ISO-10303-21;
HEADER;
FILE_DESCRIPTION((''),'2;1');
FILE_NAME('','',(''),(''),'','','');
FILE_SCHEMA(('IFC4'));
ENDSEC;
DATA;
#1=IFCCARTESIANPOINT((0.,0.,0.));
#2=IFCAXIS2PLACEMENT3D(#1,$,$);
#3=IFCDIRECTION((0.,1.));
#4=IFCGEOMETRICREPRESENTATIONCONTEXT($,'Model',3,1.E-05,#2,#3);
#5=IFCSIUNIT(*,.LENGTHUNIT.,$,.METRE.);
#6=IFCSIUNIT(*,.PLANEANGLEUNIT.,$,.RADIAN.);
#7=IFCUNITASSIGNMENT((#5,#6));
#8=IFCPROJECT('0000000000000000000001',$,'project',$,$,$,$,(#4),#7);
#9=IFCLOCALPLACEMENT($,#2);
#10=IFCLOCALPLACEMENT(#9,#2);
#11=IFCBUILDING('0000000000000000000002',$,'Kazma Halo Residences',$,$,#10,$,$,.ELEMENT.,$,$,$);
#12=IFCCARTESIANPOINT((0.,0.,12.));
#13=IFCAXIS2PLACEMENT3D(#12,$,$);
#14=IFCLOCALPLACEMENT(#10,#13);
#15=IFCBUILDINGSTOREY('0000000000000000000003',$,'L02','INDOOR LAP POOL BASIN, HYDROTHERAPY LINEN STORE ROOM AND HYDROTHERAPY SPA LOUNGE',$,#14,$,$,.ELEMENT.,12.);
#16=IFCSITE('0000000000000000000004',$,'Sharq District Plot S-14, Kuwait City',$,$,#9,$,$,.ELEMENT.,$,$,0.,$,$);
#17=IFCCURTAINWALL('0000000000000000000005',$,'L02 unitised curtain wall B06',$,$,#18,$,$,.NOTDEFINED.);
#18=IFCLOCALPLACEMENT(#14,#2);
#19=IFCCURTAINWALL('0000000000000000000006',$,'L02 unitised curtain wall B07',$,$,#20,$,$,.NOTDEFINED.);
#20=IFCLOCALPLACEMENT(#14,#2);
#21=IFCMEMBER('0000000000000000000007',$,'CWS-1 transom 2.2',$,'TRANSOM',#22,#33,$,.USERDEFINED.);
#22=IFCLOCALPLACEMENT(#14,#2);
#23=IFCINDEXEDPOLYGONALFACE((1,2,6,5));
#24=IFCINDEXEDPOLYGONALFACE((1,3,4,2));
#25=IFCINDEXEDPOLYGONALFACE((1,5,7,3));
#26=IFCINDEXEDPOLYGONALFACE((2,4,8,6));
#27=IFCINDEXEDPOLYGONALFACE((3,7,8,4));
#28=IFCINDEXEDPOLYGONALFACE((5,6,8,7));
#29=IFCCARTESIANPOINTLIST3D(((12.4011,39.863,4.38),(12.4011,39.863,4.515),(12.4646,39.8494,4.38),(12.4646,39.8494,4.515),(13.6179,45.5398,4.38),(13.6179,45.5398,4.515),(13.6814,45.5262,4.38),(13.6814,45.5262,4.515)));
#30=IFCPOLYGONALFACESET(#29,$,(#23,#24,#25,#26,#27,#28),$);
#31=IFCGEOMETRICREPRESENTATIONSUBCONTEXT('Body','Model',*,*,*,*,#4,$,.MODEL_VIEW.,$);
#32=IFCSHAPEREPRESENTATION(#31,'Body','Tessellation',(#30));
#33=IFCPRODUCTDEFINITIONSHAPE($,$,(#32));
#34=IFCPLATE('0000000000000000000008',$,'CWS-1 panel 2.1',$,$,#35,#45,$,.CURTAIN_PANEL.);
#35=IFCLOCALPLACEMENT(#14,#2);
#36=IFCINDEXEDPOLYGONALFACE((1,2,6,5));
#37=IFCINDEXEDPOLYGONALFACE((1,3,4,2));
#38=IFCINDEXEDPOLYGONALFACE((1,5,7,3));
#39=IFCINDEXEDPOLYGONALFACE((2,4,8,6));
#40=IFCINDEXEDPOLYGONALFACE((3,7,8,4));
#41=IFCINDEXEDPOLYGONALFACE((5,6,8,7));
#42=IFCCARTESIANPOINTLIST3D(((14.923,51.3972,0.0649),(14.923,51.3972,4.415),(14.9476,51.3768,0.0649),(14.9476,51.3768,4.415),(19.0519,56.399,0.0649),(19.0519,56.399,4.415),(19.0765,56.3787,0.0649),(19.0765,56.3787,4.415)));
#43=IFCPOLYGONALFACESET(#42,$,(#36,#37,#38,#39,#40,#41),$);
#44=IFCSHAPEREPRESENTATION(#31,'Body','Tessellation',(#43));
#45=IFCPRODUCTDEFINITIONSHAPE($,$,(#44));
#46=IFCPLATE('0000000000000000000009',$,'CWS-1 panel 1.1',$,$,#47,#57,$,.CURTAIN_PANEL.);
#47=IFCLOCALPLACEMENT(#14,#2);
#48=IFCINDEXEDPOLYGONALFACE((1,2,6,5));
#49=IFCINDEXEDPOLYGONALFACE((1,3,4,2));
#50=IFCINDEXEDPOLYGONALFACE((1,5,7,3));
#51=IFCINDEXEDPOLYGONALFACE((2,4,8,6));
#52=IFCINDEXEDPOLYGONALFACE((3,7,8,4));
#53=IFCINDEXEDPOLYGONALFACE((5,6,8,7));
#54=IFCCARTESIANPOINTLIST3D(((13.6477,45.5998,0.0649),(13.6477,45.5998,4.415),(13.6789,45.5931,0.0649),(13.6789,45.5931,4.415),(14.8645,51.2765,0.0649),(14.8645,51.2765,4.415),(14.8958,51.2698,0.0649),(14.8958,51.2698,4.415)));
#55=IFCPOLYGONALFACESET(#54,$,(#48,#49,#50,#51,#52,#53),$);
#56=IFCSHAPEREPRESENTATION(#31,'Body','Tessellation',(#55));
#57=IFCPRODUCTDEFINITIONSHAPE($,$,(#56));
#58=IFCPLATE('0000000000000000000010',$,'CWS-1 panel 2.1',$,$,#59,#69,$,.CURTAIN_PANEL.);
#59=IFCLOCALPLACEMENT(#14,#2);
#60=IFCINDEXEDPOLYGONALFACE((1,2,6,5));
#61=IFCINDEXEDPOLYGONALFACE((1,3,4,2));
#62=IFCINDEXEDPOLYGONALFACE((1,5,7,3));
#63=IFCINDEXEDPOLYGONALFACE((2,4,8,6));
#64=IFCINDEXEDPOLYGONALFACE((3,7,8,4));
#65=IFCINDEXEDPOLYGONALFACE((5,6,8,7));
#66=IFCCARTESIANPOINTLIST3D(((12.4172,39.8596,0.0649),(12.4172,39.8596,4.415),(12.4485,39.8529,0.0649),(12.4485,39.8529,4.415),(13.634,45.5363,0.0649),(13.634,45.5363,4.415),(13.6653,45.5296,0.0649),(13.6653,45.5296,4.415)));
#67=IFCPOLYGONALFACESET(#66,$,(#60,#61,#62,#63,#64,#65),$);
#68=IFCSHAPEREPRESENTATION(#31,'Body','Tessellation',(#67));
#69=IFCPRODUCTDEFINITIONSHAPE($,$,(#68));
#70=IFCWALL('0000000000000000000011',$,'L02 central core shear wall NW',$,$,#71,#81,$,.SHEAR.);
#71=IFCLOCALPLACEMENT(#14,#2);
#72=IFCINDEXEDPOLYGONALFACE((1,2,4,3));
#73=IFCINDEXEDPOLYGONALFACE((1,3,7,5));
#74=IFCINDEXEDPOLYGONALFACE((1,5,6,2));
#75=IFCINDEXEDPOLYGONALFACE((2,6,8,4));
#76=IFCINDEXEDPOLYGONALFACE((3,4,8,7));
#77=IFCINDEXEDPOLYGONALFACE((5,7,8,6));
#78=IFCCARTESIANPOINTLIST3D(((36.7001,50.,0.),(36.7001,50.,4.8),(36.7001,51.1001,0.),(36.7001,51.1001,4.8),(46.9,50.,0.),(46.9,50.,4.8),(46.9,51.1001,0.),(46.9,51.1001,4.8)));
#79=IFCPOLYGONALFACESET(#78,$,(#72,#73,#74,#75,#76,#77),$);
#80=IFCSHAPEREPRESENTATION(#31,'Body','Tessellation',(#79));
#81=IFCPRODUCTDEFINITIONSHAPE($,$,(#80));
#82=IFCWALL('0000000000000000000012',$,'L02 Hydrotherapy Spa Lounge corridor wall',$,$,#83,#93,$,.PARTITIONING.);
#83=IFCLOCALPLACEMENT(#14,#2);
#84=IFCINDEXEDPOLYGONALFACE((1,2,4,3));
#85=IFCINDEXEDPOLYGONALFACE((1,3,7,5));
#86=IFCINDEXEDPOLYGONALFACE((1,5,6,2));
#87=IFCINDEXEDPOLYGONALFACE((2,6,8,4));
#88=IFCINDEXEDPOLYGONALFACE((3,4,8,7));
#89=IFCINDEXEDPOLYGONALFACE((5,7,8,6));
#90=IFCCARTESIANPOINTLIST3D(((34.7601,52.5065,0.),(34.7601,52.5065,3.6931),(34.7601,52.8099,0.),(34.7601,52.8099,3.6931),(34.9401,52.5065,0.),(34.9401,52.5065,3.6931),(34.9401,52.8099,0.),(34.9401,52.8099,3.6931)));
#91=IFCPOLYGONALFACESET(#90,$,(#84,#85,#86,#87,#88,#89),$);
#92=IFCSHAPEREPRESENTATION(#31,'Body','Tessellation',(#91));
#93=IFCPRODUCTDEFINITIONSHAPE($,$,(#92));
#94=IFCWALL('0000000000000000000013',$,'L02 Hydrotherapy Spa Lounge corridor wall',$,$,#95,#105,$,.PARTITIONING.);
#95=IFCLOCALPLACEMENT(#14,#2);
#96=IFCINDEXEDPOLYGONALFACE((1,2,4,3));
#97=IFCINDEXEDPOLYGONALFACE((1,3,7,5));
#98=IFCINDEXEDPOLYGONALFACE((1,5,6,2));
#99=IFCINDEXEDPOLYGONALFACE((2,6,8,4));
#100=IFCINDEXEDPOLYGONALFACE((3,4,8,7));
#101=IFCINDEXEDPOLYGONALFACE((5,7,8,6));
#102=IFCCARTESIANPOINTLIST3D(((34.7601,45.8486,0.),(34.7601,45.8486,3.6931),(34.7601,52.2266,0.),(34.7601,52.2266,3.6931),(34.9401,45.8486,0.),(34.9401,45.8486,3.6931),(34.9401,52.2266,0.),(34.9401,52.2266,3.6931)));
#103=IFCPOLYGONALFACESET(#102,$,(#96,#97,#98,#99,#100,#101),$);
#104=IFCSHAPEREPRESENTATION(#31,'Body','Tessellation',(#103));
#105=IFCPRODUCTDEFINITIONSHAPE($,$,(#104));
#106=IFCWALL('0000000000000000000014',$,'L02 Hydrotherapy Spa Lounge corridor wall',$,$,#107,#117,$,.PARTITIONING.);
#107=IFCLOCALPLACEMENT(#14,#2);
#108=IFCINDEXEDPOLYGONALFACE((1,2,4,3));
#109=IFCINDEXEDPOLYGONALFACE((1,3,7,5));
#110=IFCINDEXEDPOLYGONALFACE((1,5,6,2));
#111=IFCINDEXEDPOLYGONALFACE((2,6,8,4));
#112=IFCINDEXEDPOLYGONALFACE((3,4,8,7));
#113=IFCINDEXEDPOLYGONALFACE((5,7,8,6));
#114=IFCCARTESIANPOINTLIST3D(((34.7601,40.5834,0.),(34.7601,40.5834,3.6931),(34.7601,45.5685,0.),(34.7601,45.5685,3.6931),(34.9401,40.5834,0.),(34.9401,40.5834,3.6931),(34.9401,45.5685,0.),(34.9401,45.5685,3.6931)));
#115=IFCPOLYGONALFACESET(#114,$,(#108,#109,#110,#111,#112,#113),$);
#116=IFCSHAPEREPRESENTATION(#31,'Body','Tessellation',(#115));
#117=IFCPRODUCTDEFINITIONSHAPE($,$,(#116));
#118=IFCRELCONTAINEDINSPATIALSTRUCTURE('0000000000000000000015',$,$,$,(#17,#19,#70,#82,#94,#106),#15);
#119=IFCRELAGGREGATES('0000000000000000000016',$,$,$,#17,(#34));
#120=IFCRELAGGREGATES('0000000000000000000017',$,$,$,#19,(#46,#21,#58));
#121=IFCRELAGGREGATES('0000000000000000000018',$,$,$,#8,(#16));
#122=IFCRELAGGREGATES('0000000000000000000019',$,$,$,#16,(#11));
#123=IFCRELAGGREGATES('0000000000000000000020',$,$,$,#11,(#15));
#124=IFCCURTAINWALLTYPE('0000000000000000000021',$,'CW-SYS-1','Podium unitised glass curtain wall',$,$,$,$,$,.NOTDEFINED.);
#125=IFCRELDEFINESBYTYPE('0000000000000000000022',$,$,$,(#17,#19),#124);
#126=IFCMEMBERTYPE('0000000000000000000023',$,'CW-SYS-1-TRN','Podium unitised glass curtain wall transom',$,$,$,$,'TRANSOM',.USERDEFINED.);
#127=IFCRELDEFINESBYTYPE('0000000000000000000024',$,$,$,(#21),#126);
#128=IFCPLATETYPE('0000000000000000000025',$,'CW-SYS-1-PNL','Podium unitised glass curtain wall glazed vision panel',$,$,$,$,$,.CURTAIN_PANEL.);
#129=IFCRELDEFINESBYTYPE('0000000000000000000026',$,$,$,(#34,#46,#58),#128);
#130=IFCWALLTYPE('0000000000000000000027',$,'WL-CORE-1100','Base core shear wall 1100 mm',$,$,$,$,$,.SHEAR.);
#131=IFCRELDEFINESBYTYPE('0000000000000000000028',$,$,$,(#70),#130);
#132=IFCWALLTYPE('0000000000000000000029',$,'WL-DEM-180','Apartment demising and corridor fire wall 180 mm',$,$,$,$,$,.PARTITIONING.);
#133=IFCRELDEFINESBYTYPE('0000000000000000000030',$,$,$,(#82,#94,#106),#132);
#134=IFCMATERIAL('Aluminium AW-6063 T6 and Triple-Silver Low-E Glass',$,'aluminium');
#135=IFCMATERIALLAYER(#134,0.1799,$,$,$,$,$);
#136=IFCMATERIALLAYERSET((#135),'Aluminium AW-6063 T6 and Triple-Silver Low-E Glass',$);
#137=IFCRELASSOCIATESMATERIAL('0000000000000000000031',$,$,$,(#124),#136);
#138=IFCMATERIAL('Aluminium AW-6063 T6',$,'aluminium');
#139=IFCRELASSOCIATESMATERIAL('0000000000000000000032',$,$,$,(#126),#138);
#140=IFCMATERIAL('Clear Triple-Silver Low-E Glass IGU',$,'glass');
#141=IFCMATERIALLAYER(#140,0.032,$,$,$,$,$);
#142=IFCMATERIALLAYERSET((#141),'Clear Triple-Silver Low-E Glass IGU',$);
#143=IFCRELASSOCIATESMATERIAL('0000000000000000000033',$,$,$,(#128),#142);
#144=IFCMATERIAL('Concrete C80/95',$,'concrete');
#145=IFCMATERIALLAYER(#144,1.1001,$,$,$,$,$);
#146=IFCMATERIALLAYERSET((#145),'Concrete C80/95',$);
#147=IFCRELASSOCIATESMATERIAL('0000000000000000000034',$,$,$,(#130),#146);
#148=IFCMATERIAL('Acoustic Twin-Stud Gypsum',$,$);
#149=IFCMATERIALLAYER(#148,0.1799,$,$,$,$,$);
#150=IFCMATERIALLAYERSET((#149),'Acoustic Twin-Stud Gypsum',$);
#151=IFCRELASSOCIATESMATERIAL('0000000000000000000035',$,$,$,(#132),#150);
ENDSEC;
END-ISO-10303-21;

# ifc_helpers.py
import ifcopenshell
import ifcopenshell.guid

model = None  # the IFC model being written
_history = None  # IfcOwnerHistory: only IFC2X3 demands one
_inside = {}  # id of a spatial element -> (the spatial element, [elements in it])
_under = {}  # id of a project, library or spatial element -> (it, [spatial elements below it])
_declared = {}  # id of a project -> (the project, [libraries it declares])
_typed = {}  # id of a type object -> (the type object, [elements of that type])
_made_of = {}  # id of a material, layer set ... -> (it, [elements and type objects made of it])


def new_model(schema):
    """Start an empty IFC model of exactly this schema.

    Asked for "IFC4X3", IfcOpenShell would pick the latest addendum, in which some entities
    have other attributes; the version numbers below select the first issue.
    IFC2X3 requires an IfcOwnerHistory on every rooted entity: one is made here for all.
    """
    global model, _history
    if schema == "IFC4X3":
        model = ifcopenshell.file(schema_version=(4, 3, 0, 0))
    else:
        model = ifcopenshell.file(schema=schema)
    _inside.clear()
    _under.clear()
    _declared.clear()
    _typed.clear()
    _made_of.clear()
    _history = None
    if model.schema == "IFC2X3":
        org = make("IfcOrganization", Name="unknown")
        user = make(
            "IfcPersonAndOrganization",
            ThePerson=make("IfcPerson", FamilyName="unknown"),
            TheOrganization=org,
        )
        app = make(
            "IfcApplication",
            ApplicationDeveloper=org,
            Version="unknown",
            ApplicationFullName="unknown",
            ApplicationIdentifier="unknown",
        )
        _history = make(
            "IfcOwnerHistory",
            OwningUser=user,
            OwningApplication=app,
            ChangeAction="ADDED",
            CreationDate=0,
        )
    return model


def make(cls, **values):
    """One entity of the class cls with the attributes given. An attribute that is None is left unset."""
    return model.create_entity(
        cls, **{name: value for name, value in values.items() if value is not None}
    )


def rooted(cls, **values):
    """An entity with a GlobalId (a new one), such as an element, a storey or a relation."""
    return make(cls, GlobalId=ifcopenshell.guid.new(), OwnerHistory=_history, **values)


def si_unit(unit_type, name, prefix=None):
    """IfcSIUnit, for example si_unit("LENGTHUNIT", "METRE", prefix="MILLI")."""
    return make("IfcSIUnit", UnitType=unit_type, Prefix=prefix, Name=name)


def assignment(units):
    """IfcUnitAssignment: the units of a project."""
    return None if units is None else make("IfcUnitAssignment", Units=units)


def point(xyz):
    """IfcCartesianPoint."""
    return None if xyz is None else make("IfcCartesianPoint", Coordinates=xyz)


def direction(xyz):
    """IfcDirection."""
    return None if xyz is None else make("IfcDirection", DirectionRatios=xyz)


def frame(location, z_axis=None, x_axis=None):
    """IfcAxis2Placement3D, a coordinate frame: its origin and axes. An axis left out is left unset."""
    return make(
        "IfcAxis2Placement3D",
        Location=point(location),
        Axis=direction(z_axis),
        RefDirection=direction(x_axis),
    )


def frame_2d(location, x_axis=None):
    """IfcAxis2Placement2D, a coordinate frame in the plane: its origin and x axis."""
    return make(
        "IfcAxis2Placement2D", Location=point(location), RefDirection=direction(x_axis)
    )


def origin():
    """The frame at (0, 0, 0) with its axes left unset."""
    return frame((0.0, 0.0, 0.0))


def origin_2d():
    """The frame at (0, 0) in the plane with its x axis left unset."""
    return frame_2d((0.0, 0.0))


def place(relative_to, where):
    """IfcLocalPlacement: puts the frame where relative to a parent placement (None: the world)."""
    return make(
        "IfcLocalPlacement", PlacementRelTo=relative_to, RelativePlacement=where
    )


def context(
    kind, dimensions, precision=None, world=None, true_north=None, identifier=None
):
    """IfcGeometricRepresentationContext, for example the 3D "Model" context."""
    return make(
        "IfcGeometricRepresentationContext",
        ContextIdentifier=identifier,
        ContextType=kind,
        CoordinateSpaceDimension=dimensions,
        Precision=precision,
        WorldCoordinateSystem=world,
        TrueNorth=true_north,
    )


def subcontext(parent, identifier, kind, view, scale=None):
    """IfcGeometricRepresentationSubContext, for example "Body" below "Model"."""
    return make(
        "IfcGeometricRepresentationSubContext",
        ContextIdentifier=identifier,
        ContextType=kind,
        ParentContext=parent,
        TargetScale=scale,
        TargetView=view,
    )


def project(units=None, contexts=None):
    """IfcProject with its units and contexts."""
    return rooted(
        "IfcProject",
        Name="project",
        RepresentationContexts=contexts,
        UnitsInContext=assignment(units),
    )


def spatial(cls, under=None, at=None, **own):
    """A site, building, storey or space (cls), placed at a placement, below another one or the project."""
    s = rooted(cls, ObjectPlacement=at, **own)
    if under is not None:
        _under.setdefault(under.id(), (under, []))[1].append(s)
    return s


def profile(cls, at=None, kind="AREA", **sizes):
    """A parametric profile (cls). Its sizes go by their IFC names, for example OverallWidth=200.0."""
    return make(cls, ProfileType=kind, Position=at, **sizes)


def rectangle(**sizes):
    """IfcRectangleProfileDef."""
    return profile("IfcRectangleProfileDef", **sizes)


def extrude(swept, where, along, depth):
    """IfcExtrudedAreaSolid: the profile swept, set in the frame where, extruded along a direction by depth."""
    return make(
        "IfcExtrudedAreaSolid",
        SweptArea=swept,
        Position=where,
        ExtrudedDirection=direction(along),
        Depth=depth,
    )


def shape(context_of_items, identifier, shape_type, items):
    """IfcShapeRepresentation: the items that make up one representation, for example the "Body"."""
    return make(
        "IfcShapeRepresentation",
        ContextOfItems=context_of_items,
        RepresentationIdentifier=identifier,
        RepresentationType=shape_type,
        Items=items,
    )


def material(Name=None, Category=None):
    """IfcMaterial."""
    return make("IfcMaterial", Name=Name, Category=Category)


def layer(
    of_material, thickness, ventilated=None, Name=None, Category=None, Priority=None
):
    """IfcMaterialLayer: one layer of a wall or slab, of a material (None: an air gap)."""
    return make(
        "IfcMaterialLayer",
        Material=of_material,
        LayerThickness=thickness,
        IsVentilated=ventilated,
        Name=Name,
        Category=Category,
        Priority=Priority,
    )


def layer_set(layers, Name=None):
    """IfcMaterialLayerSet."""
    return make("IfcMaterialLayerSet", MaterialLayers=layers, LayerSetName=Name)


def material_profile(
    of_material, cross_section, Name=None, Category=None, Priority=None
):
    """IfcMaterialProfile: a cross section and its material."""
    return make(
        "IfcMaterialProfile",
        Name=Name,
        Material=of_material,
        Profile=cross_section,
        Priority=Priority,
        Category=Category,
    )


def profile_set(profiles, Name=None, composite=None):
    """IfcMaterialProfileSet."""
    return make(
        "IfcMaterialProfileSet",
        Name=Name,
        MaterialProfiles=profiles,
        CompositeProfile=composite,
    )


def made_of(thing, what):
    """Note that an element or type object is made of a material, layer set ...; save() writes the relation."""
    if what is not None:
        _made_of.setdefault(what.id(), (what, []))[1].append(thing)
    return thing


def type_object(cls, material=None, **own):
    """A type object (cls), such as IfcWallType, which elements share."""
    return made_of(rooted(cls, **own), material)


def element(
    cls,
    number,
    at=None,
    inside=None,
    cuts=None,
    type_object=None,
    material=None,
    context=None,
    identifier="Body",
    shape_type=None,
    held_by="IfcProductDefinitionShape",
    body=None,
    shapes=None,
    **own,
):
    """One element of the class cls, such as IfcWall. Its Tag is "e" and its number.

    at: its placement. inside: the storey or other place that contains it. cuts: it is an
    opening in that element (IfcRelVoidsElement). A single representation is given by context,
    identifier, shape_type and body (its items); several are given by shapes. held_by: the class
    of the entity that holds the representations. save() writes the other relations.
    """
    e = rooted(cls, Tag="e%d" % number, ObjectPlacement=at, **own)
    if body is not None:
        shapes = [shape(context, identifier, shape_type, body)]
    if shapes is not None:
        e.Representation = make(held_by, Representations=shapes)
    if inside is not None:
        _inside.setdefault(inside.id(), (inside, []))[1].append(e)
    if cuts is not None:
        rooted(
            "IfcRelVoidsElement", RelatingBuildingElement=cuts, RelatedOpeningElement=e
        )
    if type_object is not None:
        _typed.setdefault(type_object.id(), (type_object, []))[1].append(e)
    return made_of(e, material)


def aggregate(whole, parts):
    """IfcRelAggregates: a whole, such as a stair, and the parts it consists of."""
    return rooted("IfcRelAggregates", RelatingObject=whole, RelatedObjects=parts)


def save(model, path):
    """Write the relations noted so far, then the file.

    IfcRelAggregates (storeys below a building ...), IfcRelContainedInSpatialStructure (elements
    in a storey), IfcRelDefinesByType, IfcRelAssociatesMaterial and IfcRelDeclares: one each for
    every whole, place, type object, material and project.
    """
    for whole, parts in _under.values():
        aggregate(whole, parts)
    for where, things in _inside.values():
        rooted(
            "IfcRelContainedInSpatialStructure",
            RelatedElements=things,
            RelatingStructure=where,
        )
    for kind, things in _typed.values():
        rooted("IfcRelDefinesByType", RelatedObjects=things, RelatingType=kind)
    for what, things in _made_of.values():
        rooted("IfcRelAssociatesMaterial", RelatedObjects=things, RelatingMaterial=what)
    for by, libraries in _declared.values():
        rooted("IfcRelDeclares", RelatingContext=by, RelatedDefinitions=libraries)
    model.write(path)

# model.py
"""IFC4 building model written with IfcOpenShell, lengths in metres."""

from ifc_helpers import new_model, si_unit, direction, frame, frame_2d, origin, origin_2d, place, context, subcontext, project, spatial, rectangle, extrude, material, layer, layer_set, material_profile, profile_set, type_object, element, aggregate, save


model = new_model("IFC4")

# Units and contexts
model_context = context("Model", 3, precision=1e-05, world=origin(), true_north=direction((0.0, 1.0)))
body_context = subcontext(model_context, "Body", "Model", "MODEL_VIEW")
ifc_project = project(units=[si_unit("LENGTHUNIT", "METRE"), si_unit("PLANEANGLEUNIT", "RADIAN")], contexts=[model_context])

# Site, building, storey
site_placement = place(None, origin())
site = spatial("IfcSite", under=ifc_project, at=site_placement, Name="Sharq District Plot S-14, Kuwait City", CompositionType="ELEMENT", RefElevation=0.0)
building_placement = place(site_placement, origin())
building = spatial("IfcBuilding", under=site, at=building_placement, Name="Kazma Halo Residences", CompositionType="ELEMENT")
storey_placement = place(building_placement, frame((0.0, 0.0, 12.0)))
storey = spatial("IfcBuildingStorey", under=building, at=storey_placement, Name="L02", Description="INDOOR LAP POOL BASIN, HYDROTHERAPY LINEN STORE ROOM AND HYDROTHERAPY SPA LOUNGE", CompositionType="ELEMENT", Elevation=12.0)

# Shared definitions
ifc_material_1 = material(Name="Concrete C80/95", Category="concrete")

# Curtain wall
ifc_material_2 = material(Name="Aluminium AW-6063 T6 and Triple-Silver Low-E Glass", Category="aluminium")
ifc_layer_1 = layer(ifc_material_2, 0.1799)
ifc_layer_set_1 = layer_set([ifc_layer_1], Name="Aluminium AW-6063 T6 and Triple-Silver Low-E Glass")
curtain_wall_type = type_object("IfcCurtainWallType", Name="CW-SYS-1", Description="Podium unitised glass curtain wall", PredefinedType="NOTDEFINED", material=ifc_layer_set_1)
curtain_wall_1_placement = place(storey_placement, origin())
curtain_wall_1 = element("IfcCurtainWall", 1, at=curtain_wall_1_placement, inside=storey, type_object=curtain_wall_type, Name="L02 unitised curtain wall B06", PredefinedType="NOTDEFINED")
ifc_material_3 = material(Name="Aluminium AW-6063 T6", Category="aluminium")

# Curtain wall
curtain_wall_2_placement = place(storey_placement, origin())
curtain_wall_2 = element("IfcCurtainWall", 2, at=curtain_wall_2_placement, inside=storey, type_object=curtain_wall_type, Name="L02 unitised curtain wall B07", PredefinedType="NOTDEFINED")

# Member
ifc_material_profile_1 = material_profile(ifc_material_3, rectangle(XDim=0.0649, YDim=0.135, at=origin_2d()), Name="CWT-65x135")
ifc_profile_set_1 = profile_set([ifc_material_profile_1], Name="Aluminium AW-6063 T6")
member_type_1 = type_object("IfcMemberType", Name="CW-SYS-1-TRN", Description="Podium unitised glass curtain wall transom", ElementType="TRANSOM", PredefinedType="USERDEFINED", material=ifc_profile_set_1)
member_1_placement = place(storey_placement, frame((13.6497, 45.533, 4.4475), z_axis=(-0.209587, -0.97779, 0.0), x_axis=(0.97779, -0.209587, 0.0)))
member_1 = element("IfcMember", 3, at=member_1_placement, type_object=member_type_1, Name="CWS-1 transom 2.2", ObjectType="TRANSOM", PredefinedType="USERDEFINED", context=body_context, shape_type="SweptSolid", body=[
    extrude(rectangle(XDim=0.0649, YDim=0.135, at=origin_2d()), origin(), (0.0, 0.0, 1.0), 5.8057),
])

# Plates
ifc_material_4 = material(Name="Clear Triple-Silver Low-E Glass IGU", Category="glass")
ifc_layer_2 = layer(ifc_material_4, 0.032)
ifc_layer_set_2 = layer_set([ifc_layer_2], Name="Clear Triple-Silver Low-E Glass IGU")
plate_type = type_object("IfcPlateType", Name="CW-SYS-1-PNL", Description="Podium unitised glass curtain wall glazed vision panel", PredefinedType="CURTAIN_PANEL", material=ifc_layer_set_2)
plate_1_placement = place(storey_placement, frame((16.9998, 53.8879, 0.0649), z_axis=(0.0, 0.0, 1.0), x_axis=(-0.636603, -0.771192, 0.0)))
plate_1 = element("IfcPlate", 4, at=plate_1_placement, type_object=plate_type, Name="CWS-1 panel 2.1", PredefinedType="CURTAIN_PANEL", context=body_context, shape_type="SweptSolid", body=[
    extrude(rectangle(XDim=6.4858, YDim=0.032, at=origin_2d()), origin(), (0.0, 0.0, 1.0), 4.3501),
])
aggregate(curtain_wall_1, [plate_1])
plate_2_placement = place(storey_placement, frame((14.2717, 48.4348, 0.0649), z_axis=(0.0, 0.0, 1.0), x_axis=(-0.209596, -0.977788, 0.0)))
plate_2 = element("IfcPlate", 5, at=plate_2_placement, type_object=plate_type, Name="CWS-1 panel 1.1", PredefinedType="CURTAIN_PANEL", context=body_context, shape_type="SweptSolid", body=[
    extrude(rectangle(XDim=5.8057, YDim=0.032, at=origin_2d()), origin(), (0.0, 0.0, 1.0), 4.3501),
])
plate_3_placement = place(storey_placement, frame((13.0413, 42.6946, 0.0649), z_axis=(0.0, 0.0, 1.0), x_axis=(-0.209596, -0.977788, 0.0)))
plate_3 = element("IfcPlate", 6, at=plate_3_placement, type_object=plate_type, Name="CWS-1 panel 2.1", PredefinedType="CURTAIN_PANEL", context=body_context, shape_type="SweptSolid", body=[
    extrude(rectangle(XDim=5.8057, YDim=0.032, at=origin_2d()), origin(), (0.0, 0.0, 1.0), 4.3501),
])
aggregate(curtain_wall_2, [plate_2, member_1, plate_3])

# Walls
ifc_layer_3 = layer(ifc_material_1, 1.1001)
ifc_layer_set_3 = layer_set([ifc_layer_3], Name="Concrete C80/95")
wall_type_1 = type_object("IfcWallType", Name="WL-CORE-1100", Description="Base core shear wall 1100 mm", PredefinedType="SHEAR", material=ifc_layer_set_3)
wall_1_placement = place(storey_placement, frame((36.7, 50.55, 0.0), z_axis=(0.0, 0.0, 1.0), x_axis=(1.0, 0.0, 0.0)))
element("IfcWall", 7, at=wall_1_placement, inside=storey, type_object=wall_type_1, Name="L02 central core shear wall NW", PredefinedType="SHEAR", context=body_context, shape_type="SweptSolid", body=[
    extrude(rectangle(XDim=10.2, YDim=1.1001, at=frame_2d((5.1001, 0.0))), origin(), (0.0, 0.0, 1.0), 4.8),
])
ifc_material_5 = material(Name="Acoustic Twin-Stud Gypsum")
ifc_layer_4 = layer(ifc_material_5, 0.1799)
ifc_layer_set_4 = layer_set([ifc_layer_4], Name="Acoustic Twin-Stud Gypsum")
wall_type_2 = type_object("IfcWallType", Name="WL-DEM-180", Description="Apartment demising and corridor fire wall 180 mm", PredefinedType="PARTITIONING", material=ifc_layer_set_4)
wall_2_placement = place(storey_placement, frame((34.8501, 52.8101, 0.0), z_axis=(0.0, 0.0, 1.0), x_axis=(0.0, -1.0, 0.0)))
element("IfcWall", 8, at=wall_2_placement, inside=storey, type_object=wall_type_2, Name="L02 Hydrotherapy Spa Lounge corridor wall", PredefinedType="PARTITIONING", context=body_context, shape_type="SweptSolid", body=[
    extrude(rectangle(XDim=0.3035, YDim=0.1799, at=frame_2d((0.1519, 0.0))), origin(), (0.0, 0.0, 1.0), 3.6931),
])
wall_3_placement = place(storey_placement, frame((34.8501, 52.2266, 0.0), z_axis=(0.0, 0.0, 1.0), x_axis=(0.0, -1.0, 0.0)))
element("IfcWall", 9, at=wall_3_placement, inside=storey, type_object=wall_type_2, Name="L02 Hydrotherapy Spa Lounge corridor wall", PredefinedType="PARTITIONING", context=body_context, shape_type="SweptSolid", body=[
    extrude(rectangle(XDim=6.3779, YDim=0.1799, at=frame_2d((3.189, 0.0))), origin(), (0.0, 0.0, 1.0), 3.6931),
])
wall_4_placement = place(storey_placement, frame((34.8501, 45.5686, 0.0), z_axis=(0.0, 0.0, 1.0), x_axis=(0.0, -1.0, 0.0)))
element("IfcWall", 10, at=wall_4_placement, inside=storey, type_object=wall_type_2, Name="L02 Hydrotherapy Spa Lounge corridor wall", PredefinedType="PARTITIONING", context=body_context, shape_type="SweptSolid", body=[
    extrude(rectangle(XDim=4.9851, YDim=0.1799, at=frame_2d((2.4927, 0.0))), origin(), (0.0, 0.0, 1.0), 3.6931),
])

save(model, "model.ifc")
